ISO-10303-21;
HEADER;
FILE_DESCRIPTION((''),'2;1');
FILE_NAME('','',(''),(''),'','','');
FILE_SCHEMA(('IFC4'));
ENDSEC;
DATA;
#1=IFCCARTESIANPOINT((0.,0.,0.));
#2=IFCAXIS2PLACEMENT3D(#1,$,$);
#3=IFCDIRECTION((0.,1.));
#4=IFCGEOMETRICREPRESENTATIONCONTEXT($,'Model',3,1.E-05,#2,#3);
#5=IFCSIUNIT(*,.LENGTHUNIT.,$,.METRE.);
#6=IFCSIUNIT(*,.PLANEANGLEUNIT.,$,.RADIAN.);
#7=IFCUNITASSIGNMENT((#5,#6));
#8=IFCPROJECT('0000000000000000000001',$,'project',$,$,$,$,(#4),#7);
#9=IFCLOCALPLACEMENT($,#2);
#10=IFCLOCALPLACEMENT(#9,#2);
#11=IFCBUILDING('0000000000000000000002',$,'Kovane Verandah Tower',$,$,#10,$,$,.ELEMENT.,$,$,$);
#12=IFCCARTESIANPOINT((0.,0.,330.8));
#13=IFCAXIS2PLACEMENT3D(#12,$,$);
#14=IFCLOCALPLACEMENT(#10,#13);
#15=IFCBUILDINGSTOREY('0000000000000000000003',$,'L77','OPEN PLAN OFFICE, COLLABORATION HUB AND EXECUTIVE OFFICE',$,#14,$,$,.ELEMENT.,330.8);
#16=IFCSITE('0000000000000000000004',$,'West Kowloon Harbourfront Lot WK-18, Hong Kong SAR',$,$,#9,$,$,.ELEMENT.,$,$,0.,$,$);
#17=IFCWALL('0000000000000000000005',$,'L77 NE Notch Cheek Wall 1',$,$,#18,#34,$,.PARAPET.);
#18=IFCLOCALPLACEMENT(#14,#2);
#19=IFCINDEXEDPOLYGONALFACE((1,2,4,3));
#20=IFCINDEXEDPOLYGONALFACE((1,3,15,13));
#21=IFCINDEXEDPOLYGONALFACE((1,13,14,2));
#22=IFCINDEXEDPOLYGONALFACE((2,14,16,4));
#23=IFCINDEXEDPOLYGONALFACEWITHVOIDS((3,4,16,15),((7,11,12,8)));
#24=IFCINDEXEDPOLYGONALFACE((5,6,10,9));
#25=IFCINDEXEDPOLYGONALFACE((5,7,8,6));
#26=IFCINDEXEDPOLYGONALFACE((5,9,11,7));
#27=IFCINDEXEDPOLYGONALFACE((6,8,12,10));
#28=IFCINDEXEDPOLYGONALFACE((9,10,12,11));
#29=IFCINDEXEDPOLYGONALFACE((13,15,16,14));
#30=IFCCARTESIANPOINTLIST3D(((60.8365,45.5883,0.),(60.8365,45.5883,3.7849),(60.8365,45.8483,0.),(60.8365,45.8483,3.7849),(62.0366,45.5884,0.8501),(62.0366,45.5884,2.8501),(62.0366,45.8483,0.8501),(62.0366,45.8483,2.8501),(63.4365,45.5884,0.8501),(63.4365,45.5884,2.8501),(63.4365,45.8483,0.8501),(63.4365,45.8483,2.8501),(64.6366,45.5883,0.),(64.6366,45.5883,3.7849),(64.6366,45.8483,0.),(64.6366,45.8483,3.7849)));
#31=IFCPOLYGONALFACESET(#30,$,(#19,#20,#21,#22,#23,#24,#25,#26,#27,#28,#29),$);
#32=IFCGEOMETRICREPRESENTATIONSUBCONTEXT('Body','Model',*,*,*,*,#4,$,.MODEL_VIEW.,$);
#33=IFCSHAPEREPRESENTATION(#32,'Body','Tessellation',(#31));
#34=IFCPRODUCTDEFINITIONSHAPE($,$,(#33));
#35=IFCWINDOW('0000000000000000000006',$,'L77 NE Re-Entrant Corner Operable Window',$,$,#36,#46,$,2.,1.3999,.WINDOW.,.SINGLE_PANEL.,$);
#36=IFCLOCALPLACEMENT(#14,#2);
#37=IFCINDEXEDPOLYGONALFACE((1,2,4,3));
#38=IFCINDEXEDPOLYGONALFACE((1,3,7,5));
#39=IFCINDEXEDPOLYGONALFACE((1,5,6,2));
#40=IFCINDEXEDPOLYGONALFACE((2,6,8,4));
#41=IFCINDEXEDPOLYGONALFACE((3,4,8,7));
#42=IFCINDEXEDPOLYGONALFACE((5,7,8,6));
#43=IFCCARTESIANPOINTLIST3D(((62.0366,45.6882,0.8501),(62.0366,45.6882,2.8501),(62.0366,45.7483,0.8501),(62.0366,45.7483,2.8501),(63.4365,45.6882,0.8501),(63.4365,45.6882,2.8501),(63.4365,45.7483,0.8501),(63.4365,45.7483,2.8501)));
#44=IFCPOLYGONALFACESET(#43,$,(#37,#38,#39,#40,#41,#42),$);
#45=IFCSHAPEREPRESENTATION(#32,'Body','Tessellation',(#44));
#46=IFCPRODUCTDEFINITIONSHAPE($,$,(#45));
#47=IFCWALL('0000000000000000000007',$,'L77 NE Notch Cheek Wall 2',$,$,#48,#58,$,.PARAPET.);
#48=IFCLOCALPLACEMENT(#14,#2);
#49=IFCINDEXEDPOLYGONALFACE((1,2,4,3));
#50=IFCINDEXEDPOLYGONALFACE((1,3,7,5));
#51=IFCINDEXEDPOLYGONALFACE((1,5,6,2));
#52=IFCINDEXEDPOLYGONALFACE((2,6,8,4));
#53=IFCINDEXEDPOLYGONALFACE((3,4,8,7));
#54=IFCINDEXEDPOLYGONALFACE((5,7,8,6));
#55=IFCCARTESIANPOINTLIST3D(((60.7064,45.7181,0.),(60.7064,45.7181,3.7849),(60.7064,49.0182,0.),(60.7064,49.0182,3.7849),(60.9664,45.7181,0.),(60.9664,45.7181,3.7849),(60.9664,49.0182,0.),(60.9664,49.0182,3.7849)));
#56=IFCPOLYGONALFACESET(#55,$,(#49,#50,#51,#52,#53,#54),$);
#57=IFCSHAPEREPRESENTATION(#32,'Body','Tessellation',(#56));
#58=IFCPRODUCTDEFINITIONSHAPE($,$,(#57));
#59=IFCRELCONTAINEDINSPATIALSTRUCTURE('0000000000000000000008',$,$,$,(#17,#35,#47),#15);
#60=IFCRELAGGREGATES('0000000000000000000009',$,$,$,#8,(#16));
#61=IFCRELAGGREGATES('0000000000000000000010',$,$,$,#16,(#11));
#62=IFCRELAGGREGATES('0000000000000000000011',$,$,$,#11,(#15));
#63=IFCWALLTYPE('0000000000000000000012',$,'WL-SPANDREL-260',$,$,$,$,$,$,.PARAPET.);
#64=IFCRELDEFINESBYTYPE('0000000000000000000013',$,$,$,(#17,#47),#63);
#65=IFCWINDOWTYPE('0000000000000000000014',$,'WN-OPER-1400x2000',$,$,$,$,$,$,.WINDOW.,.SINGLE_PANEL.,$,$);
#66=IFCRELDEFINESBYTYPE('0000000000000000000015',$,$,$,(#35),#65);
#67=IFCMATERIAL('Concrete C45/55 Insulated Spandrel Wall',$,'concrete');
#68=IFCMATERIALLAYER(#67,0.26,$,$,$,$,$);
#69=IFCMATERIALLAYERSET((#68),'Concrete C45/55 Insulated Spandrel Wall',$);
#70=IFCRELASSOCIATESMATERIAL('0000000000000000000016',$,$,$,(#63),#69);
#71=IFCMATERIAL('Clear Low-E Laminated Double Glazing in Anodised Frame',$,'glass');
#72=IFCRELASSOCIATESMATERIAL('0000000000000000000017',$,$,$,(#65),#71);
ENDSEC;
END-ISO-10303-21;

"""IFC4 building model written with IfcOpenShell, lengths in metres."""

from ifc_helpers import new_model, si_unit, direction, frame, frame_2d, origin, place, context, subcontext, project, spatial, rectangle, extrude, material, layer, layer_set, type_object, element, fill, save


model = new_model("IFC4")

# Units and contexts
model_context = context("Model", 3, precision=1e-05, world=origin(), true_north=direction((0.0, 1.0)))
body_context = subcontext(model_context, "Body", "Model", "MODEL_VIEW")
ifc_project = project(units=[si_unit("LENGTHUNIT", "METRE"), si_unit("PLANEANGLEUNIT", "RADIAN")], contexts=[model_context])

# Site, building, storey
site_placement = place(None, origin())
site = spatial("IfcSite", under=ifc_project, at=site_placement, Name="West Kowloon Harbourfront Lot WK-18, Hong Kong SAR", CompositionType="ELEMENT", RefElevation=0.0)
building_placement = place(site_placement, origin())
building = spatial("IfcBuilding", under=site, at=building_placement, Name="Kovane Verandah Tower", CompositionType="ELEMENT")
storey_placement = place(building_placement, frame((0.0, 0.0, 330.8)))
storey = spatial("IfcBuildingStorey", under=building, at=storey_placement, Name="L77", Description="OPEN PLAN OFFICE, COLLABORATION HUB AND EXECUTIVE OFFICE", CompositionType="ELEMENT", Elevation=330.8)

# Shared definitions
ifc_material_1 = material(Name="Concrete C45/55 Insulated Spandrel Wall", Category="concrete")
ifc_layer_1 = layer(ifc_material_1, 0.26)
ifc_layer_set_1 = layer_set([ifc_layer_1], Name="Concrete C45/55 Insulated Spandrel Wall")
wall_type_1 = type_object("IfcWallType", Name="WL-SPANDREL-260", PredefinedType="PARAPET", material=ifc_layer_set_1)
ifc_material_2 = material(Name="Clear Low-E Laminated Double Glazing in Anodised Frame", Category="glass")

# Wall, opening, window
wall_1_placement = place(storey_placement, frame((64.6365, 45.7183, 0.0), z_axis=(0.0, 0.0, 1.0), x_axis=(-1.0, 0.0, 0.0)))
wall_1 = element("IfcWall", 1, at=wall_1_placement, inside=storey, type_object=wall_type_1, Name="L77 NE Notch Cheek Wall 1", PredefinedType="PARAPET", context=body_context, shape_type="SweptSolid", body=[
    extrude(rectangle(XDim=3.8, YDim=0.26, at=frame_2d((1.8999, 0.0))), origin(), (0.0, 0.0, 1.0), 3.7849),
])
opening_1_placement = place(wall_1_placement, frame((1.2, 0.0, 0.8501)))
opening_1 = element("IfcOpeningElement", 2, at=opening_1_placement, cuts=wall_1, PredefinedType="OPENING", context=body_context, shape_type="SweptSolid", body=[
    extrude(rectangle(XDim=1.3999, YDim=2.0, at=frame_2d((0.7, 1.0))), frame((0.0, 0.1299, 0.0), z_axis=(0.0, -1.0, 0.0), x_axis=(1.0, 0.0, 0.0)), (0.0, 0.0, 1.0), 0.26),
])
window_type_1 = type_object("IfcWindowType", Name="WN-OPER-1400x2000", PartitioningType="SINGLE_PANEL", PredefinedType="WINDOW", material=ifc_material_2)
window_1_placement = place(opening_1_placement, origin())
window_1 = element("IfcWindow", 3, at=window_1_placement, inside=storey, type_object=window_type_1, Name="L77 NE Re-Entrant Corner Operable Window", OverallHeight=2.0, OverallWidth=1.3999, PartitioningType="SINGLE_PANEL", PredefinedType="WINDOW", context=body_context, shape_type="SweptSolid", body=[
    extrude(rectangle(XDim=1.3999, YDim=2.0, at=frame_2d((0.7, 1.0))), frame((0.0, 0.03, 0.0), z_axis=(0.0, -1.0, 0.0), x_axis=(1.0, 0.0, 0.0)), (0.0, 0.0, 1.0), 0.0601),
])
fill(opening_1, window_1)

# Wall
wall_2_placement = place(storey_placement, frame((60.8364, 45.7183, 0.0), z_axis=(0.0, 0.0, 1.0), x_axis=(0.0, 1.0, 0.0)))
element("IfcWall", 4, at=wall_2_placement, inside=storey, type_object=wall_type_1, Name="L77 NE Notch Cheek Wall 2", PredefinedType="PARAPET", context=body_context, shape_type="SweptSolid", body=[
    extrude(rectangle(XDim=3.3, YDim=0.26, at=frame_2d((1.6499, 0.0))), origin(), (0.0, 0.0, 1.0), 3.7849),
])

save(model, "model.ifc")
